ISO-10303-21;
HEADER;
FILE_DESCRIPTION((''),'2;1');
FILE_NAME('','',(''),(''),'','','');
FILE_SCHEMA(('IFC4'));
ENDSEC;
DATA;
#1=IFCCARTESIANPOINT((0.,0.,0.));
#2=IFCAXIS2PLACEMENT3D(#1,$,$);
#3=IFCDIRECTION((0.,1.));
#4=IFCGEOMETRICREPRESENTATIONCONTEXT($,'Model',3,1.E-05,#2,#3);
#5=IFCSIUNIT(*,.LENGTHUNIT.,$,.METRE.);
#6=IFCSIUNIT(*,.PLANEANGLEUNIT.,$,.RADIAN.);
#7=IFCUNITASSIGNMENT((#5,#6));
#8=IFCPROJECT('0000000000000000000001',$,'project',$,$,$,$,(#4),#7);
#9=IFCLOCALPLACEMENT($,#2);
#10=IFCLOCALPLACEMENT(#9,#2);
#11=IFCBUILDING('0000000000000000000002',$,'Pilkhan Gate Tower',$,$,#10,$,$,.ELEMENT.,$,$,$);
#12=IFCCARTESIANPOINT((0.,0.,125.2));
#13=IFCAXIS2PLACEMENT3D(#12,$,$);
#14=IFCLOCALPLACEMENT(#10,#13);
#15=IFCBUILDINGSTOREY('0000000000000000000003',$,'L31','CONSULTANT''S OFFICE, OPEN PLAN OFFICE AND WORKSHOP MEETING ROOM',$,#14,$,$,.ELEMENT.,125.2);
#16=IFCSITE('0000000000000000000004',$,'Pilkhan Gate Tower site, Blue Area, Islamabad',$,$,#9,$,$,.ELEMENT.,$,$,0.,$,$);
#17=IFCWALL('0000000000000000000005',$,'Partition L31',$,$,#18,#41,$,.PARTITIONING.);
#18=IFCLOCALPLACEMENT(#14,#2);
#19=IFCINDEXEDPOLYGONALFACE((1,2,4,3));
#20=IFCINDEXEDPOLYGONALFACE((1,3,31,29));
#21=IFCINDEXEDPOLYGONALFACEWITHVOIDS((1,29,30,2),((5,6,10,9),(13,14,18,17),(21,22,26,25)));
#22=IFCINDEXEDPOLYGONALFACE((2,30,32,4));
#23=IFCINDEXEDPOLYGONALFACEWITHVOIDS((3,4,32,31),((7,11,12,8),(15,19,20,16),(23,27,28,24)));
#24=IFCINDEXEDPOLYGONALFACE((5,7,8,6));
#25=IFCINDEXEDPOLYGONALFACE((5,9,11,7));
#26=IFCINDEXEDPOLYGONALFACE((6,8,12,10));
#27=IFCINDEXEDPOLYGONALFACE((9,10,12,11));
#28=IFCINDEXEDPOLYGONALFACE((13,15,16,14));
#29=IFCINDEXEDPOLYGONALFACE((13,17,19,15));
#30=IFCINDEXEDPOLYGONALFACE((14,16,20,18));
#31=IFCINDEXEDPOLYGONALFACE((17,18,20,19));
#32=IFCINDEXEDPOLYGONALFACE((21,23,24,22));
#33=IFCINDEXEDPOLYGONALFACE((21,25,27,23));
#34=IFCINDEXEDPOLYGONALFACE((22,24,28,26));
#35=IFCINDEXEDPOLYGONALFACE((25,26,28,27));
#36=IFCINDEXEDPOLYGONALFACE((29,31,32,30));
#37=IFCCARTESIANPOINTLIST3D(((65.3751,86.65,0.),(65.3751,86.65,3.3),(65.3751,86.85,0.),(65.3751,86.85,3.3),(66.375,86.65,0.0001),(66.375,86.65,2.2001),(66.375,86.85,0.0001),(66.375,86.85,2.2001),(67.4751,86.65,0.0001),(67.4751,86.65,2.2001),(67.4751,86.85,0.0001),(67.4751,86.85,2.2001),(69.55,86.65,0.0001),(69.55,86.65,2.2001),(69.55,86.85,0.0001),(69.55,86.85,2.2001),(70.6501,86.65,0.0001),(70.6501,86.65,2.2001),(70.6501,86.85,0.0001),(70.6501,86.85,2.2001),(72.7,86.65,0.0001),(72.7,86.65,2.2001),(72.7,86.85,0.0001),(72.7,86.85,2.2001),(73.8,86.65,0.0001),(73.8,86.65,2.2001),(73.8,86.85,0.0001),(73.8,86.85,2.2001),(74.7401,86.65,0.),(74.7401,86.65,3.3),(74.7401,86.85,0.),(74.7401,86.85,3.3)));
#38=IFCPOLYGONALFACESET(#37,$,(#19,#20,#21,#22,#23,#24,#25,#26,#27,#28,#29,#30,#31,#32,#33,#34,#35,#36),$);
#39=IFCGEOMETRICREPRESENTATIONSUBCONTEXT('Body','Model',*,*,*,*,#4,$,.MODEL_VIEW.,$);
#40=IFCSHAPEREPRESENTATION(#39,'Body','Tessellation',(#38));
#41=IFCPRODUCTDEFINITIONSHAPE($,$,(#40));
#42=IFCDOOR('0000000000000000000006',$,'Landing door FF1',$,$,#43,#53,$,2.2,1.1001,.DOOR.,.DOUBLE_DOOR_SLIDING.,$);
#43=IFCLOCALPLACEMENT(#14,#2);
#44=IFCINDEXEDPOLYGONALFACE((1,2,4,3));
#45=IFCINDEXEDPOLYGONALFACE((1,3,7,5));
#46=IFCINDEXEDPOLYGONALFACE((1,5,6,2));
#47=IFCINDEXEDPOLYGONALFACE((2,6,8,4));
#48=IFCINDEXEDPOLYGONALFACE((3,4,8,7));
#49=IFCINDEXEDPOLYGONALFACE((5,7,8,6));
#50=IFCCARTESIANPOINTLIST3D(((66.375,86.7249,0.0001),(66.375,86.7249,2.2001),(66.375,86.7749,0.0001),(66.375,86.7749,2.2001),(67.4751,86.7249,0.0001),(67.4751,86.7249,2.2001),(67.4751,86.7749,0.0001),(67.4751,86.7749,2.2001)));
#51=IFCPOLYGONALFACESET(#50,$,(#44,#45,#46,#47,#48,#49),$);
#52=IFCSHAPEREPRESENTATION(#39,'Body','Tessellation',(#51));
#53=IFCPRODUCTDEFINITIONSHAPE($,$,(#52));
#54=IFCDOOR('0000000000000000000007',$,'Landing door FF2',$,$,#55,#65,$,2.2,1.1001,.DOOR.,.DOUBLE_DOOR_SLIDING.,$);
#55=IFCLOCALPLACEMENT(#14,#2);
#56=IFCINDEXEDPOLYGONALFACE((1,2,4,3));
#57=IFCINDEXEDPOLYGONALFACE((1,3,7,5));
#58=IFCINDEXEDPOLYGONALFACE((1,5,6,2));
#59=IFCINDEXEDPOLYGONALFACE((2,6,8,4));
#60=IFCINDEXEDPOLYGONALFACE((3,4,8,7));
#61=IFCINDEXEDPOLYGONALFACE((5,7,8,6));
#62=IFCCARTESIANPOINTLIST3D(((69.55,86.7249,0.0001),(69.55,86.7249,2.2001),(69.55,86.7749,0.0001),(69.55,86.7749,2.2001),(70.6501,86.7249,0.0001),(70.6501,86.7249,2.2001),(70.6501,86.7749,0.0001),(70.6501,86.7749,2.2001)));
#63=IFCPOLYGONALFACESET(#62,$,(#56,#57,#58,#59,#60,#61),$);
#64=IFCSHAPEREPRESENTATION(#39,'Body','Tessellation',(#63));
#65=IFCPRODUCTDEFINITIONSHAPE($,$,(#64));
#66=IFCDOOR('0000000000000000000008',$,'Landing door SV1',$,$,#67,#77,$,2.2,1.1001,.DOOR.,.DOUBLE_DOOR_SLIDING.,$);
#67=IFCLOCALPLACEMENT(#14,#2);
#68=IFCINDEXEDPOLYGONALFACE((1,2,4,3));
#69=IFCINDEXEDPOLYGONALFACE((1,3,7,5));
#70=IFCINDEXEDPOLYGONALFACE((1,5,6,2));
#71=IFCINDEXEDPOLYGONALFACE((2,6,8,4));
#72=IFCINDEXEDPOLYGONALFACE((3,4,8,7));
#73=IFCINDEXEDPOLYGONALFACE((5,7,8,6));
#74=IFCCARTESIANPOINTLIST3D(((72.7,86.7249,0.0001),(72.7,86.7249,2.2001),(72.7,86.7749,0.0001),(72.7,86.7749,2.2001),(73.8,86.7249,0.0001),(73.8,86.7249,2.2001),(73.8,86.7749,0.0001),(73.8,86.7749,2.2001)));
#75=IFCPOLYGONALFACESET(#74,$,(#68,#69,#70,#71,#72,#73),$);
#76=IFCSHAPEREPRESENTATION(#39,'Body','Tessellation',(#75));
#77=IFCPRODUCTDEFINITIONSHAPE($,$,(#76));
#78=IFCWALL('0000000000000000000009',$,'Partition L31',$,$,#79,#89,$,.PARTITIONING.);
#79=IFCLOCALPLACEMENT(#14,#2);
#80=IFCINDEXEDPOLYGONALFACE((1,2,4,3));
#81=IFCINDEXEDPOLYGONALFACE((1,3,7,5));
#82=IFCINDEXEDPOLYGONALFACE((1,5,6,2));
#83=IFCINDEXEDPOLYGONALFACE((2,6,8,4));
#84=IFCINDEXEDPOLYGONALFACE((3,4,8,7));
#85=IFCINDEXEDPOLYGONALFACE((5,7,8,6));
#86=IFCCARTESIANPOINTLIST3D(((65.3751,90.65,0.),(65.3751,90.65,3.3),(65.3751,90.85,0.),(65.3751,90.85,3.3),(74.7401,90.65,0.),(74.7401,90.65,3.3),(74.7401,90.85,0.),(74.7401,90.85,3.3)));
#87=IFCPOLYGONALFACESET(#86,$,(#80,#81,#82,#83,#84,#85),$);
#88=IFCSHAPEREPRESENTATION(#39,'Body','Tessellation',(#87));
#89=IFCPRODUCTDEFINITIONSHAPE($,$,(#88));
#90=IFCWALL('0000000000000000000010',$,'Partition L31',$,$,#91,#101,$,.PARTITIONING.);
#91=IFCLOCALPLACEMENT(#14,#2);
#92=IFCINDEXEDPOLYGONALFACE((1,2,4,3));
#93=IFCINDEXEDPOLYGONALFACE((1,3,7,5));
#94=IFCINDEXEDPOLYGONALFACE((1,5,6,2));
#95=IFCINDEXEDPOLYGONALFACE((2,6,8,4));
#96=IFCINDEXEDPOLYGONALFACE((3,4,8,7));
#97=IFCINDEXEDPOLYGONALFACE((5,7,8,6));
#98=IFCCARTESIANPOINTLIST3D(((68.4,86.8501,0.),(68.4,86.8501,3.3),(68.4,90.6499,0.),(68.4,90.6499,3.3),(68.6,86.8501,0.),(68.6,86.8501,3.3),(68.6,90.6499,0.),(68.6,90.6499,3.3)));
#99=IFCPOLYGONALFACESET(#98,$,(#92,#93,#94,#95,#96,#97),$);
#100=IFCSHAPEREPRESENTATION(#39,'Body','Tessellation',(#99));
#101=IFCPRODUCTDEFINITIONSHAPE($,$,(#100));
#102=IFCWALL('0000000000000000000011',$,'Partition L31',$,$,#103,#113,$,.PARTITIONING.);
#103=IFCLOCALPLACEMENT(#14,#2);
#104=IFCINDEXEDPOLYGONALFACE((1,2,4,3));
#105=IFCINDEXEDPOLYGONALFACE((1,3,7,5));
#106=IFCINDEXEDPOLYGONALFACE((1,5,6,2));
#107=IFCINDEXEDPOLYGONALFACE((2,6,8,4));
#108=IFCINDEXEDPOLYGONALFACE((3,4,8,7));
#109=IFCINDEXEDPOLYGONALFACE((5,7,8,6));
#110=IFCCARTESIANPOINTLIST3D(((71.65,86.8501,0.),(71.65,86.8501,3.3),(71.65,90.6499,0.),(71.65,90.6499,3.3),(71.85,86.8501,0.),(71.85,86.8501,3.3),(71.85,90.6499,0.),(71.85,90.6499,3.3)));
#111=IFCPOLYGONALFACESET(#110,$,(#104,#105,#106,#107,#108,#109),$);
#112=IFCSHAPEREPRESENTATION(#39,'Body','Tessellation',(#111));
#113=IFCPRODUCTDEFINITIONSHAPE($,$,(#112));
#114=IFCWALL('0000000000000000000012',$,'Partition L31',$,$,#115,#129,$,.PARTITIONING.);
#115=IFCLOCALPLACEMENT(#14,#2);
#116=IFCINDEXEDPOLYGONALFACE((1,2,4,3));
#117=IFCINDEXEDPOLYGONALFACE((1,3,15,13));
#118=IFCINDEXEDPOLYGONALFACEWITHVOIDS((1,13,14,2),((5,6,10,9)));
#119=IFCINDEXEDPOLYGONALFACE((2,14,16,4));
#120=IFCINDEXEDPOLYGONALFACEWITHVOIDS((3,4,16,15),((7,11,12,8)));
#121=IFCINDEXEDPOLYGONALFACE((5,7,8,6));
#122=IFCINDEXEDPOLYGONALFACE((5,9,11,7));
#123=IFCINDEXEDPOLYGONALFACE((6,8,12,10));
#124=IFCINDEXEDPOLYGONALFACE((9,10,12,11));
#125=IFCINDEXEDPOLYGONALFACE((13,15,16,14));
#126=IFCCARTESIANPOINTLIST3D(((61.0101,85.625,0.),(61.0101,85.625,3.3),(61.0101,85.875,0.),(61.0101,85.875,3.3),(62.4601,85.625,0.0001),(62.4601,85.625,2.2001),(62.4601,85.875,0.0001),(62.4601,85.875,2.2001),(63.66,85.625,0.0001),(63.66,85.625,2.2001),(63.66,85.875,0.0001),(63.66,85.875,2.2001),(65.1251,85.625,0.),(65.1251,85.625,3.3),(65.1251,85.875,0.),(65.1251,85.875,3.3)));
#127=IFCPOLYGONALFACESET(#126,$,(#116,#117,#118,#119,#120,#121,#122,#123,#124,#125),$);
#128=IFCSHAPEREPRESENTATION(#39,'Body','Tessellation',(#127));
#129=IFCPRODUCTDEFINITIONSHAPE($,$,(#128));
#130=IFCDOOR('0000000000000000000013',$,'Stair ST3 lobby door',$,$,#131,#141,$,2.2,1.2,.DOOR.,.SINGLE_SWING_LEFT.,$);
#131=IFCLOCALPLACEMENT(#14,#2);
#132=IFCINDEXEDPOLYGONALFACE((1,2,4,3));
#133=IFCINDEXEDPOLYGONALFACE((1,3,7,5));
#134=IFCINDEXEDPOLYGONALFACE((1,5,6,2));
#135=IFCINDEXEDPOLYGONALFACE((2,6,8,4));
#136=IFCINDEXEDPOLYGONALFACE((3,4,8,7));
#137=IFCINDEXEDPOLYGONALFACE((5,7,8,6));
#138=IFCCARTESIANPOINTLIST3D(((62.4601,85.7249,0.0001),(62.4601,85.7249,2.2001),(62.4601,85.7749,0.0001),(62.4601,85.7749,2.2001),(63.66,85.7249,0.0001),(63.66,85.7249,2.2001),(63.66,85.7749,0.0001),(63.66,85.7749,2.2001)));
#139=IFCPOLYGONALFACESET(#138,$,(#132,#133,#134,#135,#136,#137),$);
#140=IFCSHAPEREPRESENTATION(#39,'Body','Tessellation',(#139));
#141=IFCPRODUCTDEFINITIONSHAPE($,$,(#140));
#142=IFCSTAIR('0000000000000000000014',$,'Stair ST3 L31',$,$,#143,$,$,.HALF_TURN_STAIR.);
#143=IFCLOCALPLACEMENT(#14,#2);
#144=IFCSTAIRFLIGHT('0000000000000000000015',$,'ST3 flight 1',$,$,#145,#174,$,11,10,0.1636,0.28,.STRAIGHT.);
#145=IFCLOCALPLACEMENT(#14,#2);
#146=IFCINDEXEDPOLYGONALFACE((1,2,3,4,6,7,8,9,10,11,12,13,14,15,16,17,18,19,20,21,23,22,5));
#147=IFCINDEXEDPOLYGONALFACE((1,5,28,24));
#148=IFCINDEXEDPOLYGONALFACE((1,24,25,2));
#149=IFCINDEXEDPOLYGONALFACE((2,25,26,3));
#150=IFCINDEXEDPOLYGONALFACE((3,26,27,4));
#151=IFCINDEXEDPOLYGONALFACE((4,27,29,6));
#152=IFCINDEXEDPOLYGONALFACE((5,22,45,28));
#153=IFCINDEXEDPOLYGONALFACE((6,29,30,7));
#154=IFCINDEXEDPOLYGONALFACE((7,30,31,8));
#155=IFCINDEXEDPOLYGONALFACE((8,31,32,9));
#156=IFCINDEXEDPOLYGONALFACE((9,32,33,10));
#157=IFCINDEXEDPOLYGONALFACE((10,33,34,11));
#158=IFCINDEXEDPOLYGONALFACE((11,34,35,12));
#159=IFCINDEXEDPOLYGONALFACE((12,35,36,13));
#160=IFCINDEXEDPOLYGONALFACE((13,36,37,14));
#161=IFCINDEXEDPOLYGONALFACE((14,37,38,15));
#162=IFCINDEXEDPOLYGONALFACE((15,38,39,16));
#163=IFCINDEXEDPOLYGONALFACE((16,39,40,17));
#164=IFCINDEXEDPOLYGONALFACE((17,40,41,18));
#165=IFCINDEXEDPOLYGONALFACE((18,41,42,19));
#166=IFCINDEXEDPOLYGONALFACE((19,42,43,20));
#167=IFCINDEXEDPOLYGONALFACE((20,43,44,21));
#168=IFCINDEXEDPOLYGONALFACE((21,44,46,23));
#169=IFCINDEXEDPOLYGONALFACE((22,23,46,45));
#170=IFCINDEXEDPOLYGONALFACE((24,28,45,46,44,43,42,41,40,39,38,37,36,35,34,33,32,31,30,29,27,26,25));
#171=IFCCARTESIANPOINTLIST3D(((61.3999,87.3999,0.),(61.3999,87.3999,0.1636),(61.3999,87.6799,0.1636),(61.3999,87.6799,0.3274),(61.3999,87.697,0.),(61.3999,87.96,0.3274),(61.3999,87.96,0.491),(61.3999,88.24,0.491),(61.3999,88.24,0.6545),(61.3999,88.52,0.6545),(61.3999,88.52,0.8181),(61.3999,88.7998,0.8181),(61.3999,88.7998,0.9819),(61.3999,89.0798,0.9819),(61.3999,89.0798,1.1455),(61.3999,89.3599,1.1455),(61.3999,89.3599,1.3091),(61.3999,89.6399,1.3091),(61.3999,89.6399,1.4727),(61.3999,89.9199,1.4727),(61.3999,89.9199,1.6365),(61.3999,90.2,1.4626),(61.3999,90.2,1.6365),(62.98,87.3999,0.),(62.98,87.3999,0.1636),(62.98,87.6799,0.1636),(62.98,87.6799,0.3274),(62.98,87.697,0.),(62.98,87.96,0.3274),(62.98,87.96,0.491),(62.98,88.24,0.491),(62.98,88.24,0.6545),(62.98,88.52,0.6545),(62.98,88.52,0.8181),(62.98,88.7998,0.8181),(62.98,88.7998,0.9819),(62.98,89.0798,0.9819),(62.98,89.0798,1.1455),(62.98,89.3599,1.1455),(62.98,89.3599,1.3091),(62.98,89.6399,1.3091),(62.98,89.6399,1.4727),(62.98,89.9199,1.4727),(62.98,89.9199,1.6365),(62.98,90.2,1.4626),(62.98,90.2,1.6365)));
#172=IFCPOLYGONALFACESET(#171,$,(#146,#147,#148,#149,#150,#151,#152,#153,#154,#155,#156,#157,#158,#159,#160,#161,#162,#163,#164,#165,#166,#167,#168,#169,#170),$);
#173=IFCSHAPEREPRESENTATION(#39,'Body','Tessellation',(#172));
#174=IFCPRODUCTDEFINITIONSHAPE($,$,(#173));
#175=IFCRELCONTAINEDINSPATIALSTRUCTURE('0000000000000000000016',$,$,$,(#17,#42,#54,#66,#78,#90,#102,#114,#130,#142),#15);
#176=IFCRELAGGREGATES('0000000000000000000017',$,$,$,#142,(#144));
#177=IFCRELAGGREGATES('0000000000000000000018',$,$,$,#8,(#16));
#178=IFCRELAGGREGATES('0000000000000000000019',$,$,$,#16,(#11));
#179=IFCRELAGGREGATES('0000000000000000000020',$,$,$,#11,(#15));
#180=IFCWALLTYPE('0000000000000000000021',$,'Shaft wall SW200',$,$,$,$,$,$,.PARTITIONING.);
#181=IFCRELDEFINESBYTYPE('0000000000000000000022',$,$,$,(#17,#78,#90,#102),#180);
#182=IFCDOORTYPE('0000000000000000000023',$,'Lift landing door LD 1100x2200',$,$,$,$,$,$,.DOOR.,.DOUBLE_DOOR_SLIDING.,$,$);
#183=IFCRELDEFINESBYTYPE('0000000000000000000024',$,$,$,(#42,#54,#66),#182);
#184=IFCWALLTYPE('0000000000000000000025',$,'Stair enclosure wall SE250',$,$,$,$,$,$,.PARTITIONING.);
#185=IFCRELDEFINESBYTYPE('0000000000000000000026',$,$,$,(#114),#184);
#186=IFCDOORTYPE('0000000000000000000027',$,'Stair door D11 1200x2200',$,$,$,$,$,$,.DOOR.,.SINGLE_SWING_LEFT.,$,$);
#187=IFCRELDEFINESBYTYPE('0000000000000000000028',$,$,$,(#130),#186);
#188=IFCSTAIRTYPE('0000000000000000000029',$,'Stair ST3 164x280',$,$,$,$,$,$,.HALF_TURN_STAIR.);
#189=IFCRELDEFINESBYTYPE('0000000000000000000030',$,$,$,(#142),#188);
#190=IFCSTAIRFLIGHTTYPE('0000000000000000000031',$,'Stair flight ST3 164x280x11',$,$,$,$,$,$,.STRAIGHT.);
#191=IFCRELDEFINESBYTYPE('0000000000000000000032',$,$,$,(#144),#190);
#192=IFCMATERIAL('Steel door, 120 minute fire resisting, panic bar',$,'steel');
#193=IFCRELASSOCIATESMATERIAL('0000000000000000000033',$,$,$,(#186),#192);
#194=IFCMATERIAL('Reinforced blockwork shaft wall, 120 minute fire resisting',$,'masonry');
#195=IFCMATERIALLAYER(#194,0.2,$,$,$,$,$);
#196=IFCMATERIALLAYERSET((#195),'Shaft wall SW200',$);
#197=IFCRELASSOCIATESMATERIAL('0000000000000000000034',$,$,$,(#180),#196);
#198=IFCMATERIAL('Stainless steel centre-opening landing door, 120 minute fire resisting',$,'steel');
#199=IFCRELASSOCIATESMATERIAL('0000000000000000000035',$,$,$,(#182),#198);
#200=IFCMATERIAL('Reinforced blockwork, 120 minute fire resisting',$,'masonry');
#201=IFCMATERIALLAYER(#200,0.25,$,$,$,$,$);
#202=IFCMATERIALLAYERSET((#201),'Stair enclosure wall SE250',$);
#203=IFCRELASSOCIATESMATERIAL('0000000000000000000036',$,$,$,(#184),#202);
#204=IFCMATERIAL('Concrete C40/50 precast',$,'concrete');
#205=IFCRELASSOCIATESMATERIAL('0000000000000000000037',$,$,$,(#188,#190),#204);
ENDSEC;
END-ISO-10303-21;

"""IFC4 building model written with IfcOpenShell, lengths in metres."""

from ifc_helpers import new_model, si_unit, direction, frame, frame_2d, origin, place, context, subcontext, project, spatial, polyline, rectangle, outline, extrude, material, layer, layer_set, type_object, element, fill, aggregate, save


model = new_model("IFC4")

# Units and contexts
model_context = context("Model", 3, precision=1e-05, world=origin(), true_north=direction((0.0, 1.0)))
body_context = subcontext(model_context, "Body", "Model", "MODEL_VIEW")
ifc_project = project(units=[si_unit("LENGTHUNIT", "METRE"), si_unit("PLANEANGLEUNIT", "RADIAN")], contexts=[model_context])

# Site, building, storey
site_placement = place(None, origin())
site = spatial("IfcSite", under=ifc_project, at=site_placement, Name="Pilkhan Gate Tower site, Blue Area, Islamabad", CompositionType="ELEMENT", RefElevation=0.0)
building_placement = place(site_placement, origin())
building = spatial("IfcBuilding", under=site, at=building_placement, Name="Pilkhan Gate Tower", CompositionType="ELEMENT")
storey_placement = place(building_placement, frame((0.0, 0.0, 125.2)))
storey = spatial("IfcBuildingStorey", under=building, at=storey_placement, Name="L31", Description="CONSULTANT'S OFFICE, OPEN PLAN OFFICE AND WORKSHOP MEETING ROOM", CompositionType="ELEMENT", Elevation=125.2)

# Shared definitions
ifc_material_1 = material(Name="Steel door, 120 minute fire resisting, panic bar", Category="steel")
door_type_1 = type_object("IfcDoorType", Name="Stair door D11 1200x2200", OperationType="SINGLE_SWING_LEFT", PredefinedType="DOOR", material=ifc_material_1)

# Wall, openings, doors
ifc_material_2 = material(Name="Reinforced blockwork shaft wall, 120 minute fire resisting", Category="masonry")
ifc_layer_1 = layer(ifc_material_2, 0.2)
ifc_layer_set_1 = layer_set([ifc_layer_1], Name="Shaft wall SW200")
wall_type_1 = type_object("IfcWallType", Name="Shaft wall SW200", PredefinedType="PARTITIONING", material=ifc_layer_set_1)
wall_1_placement = place(storey_placement, frame((65.375, 86.75, 0.0), z_axis=(0.0, 0.0, 1.0), x_axis=(1.0, 0.0, 0.0)))
wall_1 = element("IfcWall", 1, at=wall_1_placement, inside=storey, type_object=wall_type_1, Name="Partition L31", PredefinedType="PARTITIONING", context=body_context, shape_type="SweptSolid", body=[
    extrude(rectangle(XDim=9.365, YDim=0.2, at=frame_2d((4.6826, 0.0))), origin(), (0.0, 0.0, 1.0), 3.3),
])
opening_1_placement = place(wall_1_placement, frame((1.0, 0.0, 0.0)))
opening_1 = element("IfcOpeningElement", 2, at=opening_1_placement, cuts=wall_1, PredefinedType="OPENING", context=body_context, shape_type="SweptSolid", body=[
    extrude(rectangle(XDim=1.1001, YDim=2.2, at=frame_2d((0.55, 1.1001))), frame((0.0, 0.1099, 0.0), z_axis=(0.0, -1.0, 0.0), x_axis=(1.0, 0.0, 0.0)), (0.0, 0.0, 1.0), 0.22),
])
opening_2_placement = place(wall_1_placement, frame((4.175, 0.0, 0.0)))
opening_2 = element("IfcOpeningElement", 3, at=opening_2_placement, cuts=wall_1, PredefinedType="OPENING", context=body_context, shape_type="SweptSolid", body=[
    extrude(rectangle(XDim=1.1001, YDim=2.2, at=frame_2d((0.55, 1.1001))), frame((0.0, 0.1099, 0.0), z_axis=(0.0, -1.0, 0.0), x_axis=(1.0, 0.0, 0.0)), (0.0, 0.0, 1.0), 0.22),
])
opening_3_placement = place(wall_1_placement, frame((7.325, 0.0, 0.0)))
opening_3 = element("IfcOpeningElement", 4, at=opening_3_placement, cuts=wall_1, PredefinedType="OPENING", context=body_context, shape_type="SweptSolid", body=[
    extrude(rectangle(XDim=1.1001, YDim=2.2, at=frame_2d((0.55, 1.1001))), frame((0.0, 0.1099, 0.0), z_axis=(0.0, -1.0, 0.0), x_axis=(1.0, 0.0, 0.0)), (0.0, 0.0, 1.0), 0.22),
])
ifc_material_3 = material(Name="Stainless steel centre-opening landing door, 120 minute fire resisting", Category="steel")
door_type_2 = type_object("IfcDoorType", Name="Lift landing door LD 1100x2200", OperationType="DOUBLE_DOOR_SLIDING", PredefinedType="DOOR", material=ifc_material_3)
door_1_placement = place(opening_1_placement, origin())
door_1 = element("IfcDoor", 5, at=door_1_placement, inside=storey, type_object=door_type_2, Name="Landing door FF1", OperationType="DOUBLE_DOOR_SLIDING", OverallHeight=2.2, OverallWidth=1.1001, PredefinedType="DOOR", context=body_context, shape_type="SweptSolid", body=[
    extrude(rectangle(XDim=1.1001, YDim=2.2, at=frame_2d((0.55, 1.1001))), frame((0.0, 0.0249, 0.0), z_axis=(0.0, -1.0, 0.0), x_axis=(1.0, 0.0, 0.0)), (0.0, 0.0, 1.0), 0.05),
])
fill(opening_1, door_1)
door_2_placement = place(opening_2_placement, origin())
door_2 = element("IfcDoor", 6, at=door_2_placement, inside=storey, type_object=door_type_2, Name="Landing door FF2", OperationType="DOUBLE_DOOR_SLIDING", OverallHeight=2.2, OverallWidth=1.1001, PredefinedType="DOOR", context=body_context, shape_type="SweptSolid", body=[
    extrude(rectangle(XDim=1.1001, YDim=2.2, at=frame_2d((0.55, 1.1001))), frame((0.0, 0.0249, 0.0), z_axis=(0.0, -1.0, 0.0), x_axis=(1.0, 0.0, 0.0)), (0.0, 0.0, 1.0), 0.05),
])
fill(opening_2, door_2)
door_3_placement = place(opening_3_placement, origin())
door_3 = element("IfcDoor", 7, at=door_3_placement, inside=storey, type_object=door_type_2, Name="Landing door SV1", OperationType="DOUBLE_DOOR_SLIDING", OverallHeight=2.2, OverallWidth=1.1001, PredefinedType="DOOR", context=body_context, shape_type="SweptSolid", body=[
    extrude(rectangle(XDim=1.1001, YDim=2.2, at=frame_2d((0.55, 1.1001))), frame((0.0, 0.0249, 0.0), z_axis=(0.0, -1.0, 0.0), x_axis=(1.0, 0.0, 0.0)), (0.0, 0.0, 1.0), 0.05),
])
fill(opening_3, door_3)

# Walls
wall_2_placement = place(storey_placement, frame((65.375, 90.75, 0.0), z_axis=(0.0, 0.0, 1.0), x_axis=(1.0, 0.0, 0.0)))
element("IfcWall", 8, at=wall_2_placement, inside=storey, type_object=wall_type_1, Name="Partition L31", PredefinedType="PARTITIONING", context=body_context, shape_type="SweptSolid", body=[
    extrude(rectangle(XDim=9.365, YDim=0.2, at=frame_2d((4.6826, 0.0))), origin(), (0.0, 0.0, 1.0), 3.3),
])
for number, where, z_axis, x_axis, name in (
    (9, (68.5, 86.8501, 0.0), (0.0, 0.0, 1.0), (0.0, 1.0, 0.0), "Partition L31"),
    (10, (71.75, 86.8501, 0.0), (0.0, 0.0, 1.0), (0.0, 1.0, 0.0), "Partition L31"),
):
    element("IfcWall", number, at=place(storey_placement, frame(where, z_axis=z_axis, x_axis=x_axis)), inside=storey, type_object=wall_type_1, Name=name, PredefinedType="PARTITIONING", context=body_context, shape_type="SweptSolid", body=[
        extrude(rectangle(XDim=3.7998, YDim=0.2, at=frame_2d((1.8999, 0.0))), origin(), (0.0, 0.0, 1.0), 3.3),
    ])

# Wall, opening, door
ifc_material_4 = material(Name="Reinforced blockwork, 120 minute fire resisting", Category="masonry")
ifc_layer_2 = layer(ifc_material_4, 0.25)
ifc_layer_set_2 = layer_set([ifc_layer_2], Name="Stair enclosure wall SE250")
wall_type_2 = type_object("IfcWallType", Name="Stair enclosure wall SE250", PredefinedType="PARTITIONING", material=ifc_layer_set_2)
wall_3_placement = place(storey_placement, frame((61.01, 85.75, 0.0), z_axis=(0.0, 0.0, 1.0), x_axis=(1.0, 0.0, 0.0)))
wall_3 = element("IfcWall", 11, at=wall_3_placement, inside=storey, type_object=wall_type_2, Name="Partition L31", PredefinedType="PARTITIONING", context=body_context, shape_type="SweptSolid", body=[
    extrude(rectangle(XDim=4.115, YDim=0.25, at=frame_2d((2.0576, 0.0))), origin(), (0.0, 0.0, 1.0), 3.3),
])
opening_4_placement = place(wall_3_placement, frame((1.45, 0.0, 0.0)))
opening_4 = element("IfcOpeningElement", 12, at=opening_4_placement, cuts=wall_3, PredefinedType="OPENING", context=body_context, shape_type="SweptSolid", body=[
    extrude(rectangle(XDim=1.2, YDim=2.2, at=frame_2d((0.6001, 1.1001))), frame((0.0, 0.135, 0.0), z_axis=(0.0, -1.0, 0.0), x_axis=(1.0, 0.0, 0.0)), (0.0, 0.0, 1.0), 0.27),
])
door_4_placement = place(opening_4_placement, origin())
door_4 = element("IfcDoor", 13, at=door_4_placement, inside=storey, type_object=door_type_1, Name="Stair ST3 lobby door", OperationType="SINGLE_SWING_LEFT", OverallHeight=2.2, OverallWidth=1.2, PredefinedType="DOOR", context=body_context, shape_type="SweptSolid", body=[
    extrude(rectangle(XDim=1.2, YDim=2.2, at=frame_2d((0.6001, 1.1001))), frame((0.0, 0.0249, 0.0), z_axis=(0.0, -1.0, 0.0), x_axis=(1.0, 0.0, 0.0)), (0.0, 0.0, 1.0), 0.05),
])
fill(opening_4, door_4)

# Stair, stair flight
ifc_material_5 = material(Name="Concrete C40/50 precast", Category="concrete")
stair_type = type_object("IfcStairType", Name="Stair ST3 164x280", PredefinedType="HALF_TURN_STAIR", material=ifc_material_5)
stair_placement = place(storey_placement, origin())
stair = element("IfcStair", 14, at=stair_placement, inside=storey, type_object=stair_type, Name="Stair ST3 L31", PredefinedType="HALF_TURN_STAIR")
stair_flight_type = type_object("IfcStairFlightType", Name="Stair flight ST3 164x280x11", PredefinedType="STRAIGHT", material=ifc_material_5)
stair_flight_1_placement = place(storey_placement, frame((62.1899, 87.3999, 0.0), z_axis=(0.0, 0.0, 1.0), x_axis=(0.0, 1.0, 0.0)))
stair_flight_1 = element("IfcStairFlight", 15, at=stair_flight_1_placement, type_object=stair_flight_type, Name="ST3 flight 1", NumberOfRisers=11, NumberOfTreads=10, PredefinedType="STRAIGHT", RiserHeight=0.1636, TreadLength=0.28, context=body_context, shape_type="SweptSolid", body=[
    extrude(outline(polyline([(0.0, 0.0), (0.0, 0.1636), (0.28, 0.1636), (0.28, 0.3274), (0.5601, 0.3274), (0.5601, 0.491), (0.8401, 0.491), (0.8401, 0.6545), (1.1201, 0.6545), (1.1201, 0.8181), (1.3999, 0.8181), (1.3999, 0.9819), (1.6799, 0.9819), (1.6799, 1.1455), (1.96, 1.1455), (1.96, 1.3091), (2.24, 1.3091), (2.24, 1.4727), (2.52, 1.4727), (2.52, 1.6365), (2.8, 1.6365), (2.8, 1.8), (2.8, 1.4626), (0.2971, 0.0), (0.0, 0.0)])), frame((0.0, 0.79, 0.0), z_axis=(0.0, -1.0, 0.0), x_axis=(1.0, 0.0, 0.0)), (0.0, 0.0, 1.0), 1.5801),
])
aggregate(stair, [stair_flight_1])

save(model, "model.ifc")
